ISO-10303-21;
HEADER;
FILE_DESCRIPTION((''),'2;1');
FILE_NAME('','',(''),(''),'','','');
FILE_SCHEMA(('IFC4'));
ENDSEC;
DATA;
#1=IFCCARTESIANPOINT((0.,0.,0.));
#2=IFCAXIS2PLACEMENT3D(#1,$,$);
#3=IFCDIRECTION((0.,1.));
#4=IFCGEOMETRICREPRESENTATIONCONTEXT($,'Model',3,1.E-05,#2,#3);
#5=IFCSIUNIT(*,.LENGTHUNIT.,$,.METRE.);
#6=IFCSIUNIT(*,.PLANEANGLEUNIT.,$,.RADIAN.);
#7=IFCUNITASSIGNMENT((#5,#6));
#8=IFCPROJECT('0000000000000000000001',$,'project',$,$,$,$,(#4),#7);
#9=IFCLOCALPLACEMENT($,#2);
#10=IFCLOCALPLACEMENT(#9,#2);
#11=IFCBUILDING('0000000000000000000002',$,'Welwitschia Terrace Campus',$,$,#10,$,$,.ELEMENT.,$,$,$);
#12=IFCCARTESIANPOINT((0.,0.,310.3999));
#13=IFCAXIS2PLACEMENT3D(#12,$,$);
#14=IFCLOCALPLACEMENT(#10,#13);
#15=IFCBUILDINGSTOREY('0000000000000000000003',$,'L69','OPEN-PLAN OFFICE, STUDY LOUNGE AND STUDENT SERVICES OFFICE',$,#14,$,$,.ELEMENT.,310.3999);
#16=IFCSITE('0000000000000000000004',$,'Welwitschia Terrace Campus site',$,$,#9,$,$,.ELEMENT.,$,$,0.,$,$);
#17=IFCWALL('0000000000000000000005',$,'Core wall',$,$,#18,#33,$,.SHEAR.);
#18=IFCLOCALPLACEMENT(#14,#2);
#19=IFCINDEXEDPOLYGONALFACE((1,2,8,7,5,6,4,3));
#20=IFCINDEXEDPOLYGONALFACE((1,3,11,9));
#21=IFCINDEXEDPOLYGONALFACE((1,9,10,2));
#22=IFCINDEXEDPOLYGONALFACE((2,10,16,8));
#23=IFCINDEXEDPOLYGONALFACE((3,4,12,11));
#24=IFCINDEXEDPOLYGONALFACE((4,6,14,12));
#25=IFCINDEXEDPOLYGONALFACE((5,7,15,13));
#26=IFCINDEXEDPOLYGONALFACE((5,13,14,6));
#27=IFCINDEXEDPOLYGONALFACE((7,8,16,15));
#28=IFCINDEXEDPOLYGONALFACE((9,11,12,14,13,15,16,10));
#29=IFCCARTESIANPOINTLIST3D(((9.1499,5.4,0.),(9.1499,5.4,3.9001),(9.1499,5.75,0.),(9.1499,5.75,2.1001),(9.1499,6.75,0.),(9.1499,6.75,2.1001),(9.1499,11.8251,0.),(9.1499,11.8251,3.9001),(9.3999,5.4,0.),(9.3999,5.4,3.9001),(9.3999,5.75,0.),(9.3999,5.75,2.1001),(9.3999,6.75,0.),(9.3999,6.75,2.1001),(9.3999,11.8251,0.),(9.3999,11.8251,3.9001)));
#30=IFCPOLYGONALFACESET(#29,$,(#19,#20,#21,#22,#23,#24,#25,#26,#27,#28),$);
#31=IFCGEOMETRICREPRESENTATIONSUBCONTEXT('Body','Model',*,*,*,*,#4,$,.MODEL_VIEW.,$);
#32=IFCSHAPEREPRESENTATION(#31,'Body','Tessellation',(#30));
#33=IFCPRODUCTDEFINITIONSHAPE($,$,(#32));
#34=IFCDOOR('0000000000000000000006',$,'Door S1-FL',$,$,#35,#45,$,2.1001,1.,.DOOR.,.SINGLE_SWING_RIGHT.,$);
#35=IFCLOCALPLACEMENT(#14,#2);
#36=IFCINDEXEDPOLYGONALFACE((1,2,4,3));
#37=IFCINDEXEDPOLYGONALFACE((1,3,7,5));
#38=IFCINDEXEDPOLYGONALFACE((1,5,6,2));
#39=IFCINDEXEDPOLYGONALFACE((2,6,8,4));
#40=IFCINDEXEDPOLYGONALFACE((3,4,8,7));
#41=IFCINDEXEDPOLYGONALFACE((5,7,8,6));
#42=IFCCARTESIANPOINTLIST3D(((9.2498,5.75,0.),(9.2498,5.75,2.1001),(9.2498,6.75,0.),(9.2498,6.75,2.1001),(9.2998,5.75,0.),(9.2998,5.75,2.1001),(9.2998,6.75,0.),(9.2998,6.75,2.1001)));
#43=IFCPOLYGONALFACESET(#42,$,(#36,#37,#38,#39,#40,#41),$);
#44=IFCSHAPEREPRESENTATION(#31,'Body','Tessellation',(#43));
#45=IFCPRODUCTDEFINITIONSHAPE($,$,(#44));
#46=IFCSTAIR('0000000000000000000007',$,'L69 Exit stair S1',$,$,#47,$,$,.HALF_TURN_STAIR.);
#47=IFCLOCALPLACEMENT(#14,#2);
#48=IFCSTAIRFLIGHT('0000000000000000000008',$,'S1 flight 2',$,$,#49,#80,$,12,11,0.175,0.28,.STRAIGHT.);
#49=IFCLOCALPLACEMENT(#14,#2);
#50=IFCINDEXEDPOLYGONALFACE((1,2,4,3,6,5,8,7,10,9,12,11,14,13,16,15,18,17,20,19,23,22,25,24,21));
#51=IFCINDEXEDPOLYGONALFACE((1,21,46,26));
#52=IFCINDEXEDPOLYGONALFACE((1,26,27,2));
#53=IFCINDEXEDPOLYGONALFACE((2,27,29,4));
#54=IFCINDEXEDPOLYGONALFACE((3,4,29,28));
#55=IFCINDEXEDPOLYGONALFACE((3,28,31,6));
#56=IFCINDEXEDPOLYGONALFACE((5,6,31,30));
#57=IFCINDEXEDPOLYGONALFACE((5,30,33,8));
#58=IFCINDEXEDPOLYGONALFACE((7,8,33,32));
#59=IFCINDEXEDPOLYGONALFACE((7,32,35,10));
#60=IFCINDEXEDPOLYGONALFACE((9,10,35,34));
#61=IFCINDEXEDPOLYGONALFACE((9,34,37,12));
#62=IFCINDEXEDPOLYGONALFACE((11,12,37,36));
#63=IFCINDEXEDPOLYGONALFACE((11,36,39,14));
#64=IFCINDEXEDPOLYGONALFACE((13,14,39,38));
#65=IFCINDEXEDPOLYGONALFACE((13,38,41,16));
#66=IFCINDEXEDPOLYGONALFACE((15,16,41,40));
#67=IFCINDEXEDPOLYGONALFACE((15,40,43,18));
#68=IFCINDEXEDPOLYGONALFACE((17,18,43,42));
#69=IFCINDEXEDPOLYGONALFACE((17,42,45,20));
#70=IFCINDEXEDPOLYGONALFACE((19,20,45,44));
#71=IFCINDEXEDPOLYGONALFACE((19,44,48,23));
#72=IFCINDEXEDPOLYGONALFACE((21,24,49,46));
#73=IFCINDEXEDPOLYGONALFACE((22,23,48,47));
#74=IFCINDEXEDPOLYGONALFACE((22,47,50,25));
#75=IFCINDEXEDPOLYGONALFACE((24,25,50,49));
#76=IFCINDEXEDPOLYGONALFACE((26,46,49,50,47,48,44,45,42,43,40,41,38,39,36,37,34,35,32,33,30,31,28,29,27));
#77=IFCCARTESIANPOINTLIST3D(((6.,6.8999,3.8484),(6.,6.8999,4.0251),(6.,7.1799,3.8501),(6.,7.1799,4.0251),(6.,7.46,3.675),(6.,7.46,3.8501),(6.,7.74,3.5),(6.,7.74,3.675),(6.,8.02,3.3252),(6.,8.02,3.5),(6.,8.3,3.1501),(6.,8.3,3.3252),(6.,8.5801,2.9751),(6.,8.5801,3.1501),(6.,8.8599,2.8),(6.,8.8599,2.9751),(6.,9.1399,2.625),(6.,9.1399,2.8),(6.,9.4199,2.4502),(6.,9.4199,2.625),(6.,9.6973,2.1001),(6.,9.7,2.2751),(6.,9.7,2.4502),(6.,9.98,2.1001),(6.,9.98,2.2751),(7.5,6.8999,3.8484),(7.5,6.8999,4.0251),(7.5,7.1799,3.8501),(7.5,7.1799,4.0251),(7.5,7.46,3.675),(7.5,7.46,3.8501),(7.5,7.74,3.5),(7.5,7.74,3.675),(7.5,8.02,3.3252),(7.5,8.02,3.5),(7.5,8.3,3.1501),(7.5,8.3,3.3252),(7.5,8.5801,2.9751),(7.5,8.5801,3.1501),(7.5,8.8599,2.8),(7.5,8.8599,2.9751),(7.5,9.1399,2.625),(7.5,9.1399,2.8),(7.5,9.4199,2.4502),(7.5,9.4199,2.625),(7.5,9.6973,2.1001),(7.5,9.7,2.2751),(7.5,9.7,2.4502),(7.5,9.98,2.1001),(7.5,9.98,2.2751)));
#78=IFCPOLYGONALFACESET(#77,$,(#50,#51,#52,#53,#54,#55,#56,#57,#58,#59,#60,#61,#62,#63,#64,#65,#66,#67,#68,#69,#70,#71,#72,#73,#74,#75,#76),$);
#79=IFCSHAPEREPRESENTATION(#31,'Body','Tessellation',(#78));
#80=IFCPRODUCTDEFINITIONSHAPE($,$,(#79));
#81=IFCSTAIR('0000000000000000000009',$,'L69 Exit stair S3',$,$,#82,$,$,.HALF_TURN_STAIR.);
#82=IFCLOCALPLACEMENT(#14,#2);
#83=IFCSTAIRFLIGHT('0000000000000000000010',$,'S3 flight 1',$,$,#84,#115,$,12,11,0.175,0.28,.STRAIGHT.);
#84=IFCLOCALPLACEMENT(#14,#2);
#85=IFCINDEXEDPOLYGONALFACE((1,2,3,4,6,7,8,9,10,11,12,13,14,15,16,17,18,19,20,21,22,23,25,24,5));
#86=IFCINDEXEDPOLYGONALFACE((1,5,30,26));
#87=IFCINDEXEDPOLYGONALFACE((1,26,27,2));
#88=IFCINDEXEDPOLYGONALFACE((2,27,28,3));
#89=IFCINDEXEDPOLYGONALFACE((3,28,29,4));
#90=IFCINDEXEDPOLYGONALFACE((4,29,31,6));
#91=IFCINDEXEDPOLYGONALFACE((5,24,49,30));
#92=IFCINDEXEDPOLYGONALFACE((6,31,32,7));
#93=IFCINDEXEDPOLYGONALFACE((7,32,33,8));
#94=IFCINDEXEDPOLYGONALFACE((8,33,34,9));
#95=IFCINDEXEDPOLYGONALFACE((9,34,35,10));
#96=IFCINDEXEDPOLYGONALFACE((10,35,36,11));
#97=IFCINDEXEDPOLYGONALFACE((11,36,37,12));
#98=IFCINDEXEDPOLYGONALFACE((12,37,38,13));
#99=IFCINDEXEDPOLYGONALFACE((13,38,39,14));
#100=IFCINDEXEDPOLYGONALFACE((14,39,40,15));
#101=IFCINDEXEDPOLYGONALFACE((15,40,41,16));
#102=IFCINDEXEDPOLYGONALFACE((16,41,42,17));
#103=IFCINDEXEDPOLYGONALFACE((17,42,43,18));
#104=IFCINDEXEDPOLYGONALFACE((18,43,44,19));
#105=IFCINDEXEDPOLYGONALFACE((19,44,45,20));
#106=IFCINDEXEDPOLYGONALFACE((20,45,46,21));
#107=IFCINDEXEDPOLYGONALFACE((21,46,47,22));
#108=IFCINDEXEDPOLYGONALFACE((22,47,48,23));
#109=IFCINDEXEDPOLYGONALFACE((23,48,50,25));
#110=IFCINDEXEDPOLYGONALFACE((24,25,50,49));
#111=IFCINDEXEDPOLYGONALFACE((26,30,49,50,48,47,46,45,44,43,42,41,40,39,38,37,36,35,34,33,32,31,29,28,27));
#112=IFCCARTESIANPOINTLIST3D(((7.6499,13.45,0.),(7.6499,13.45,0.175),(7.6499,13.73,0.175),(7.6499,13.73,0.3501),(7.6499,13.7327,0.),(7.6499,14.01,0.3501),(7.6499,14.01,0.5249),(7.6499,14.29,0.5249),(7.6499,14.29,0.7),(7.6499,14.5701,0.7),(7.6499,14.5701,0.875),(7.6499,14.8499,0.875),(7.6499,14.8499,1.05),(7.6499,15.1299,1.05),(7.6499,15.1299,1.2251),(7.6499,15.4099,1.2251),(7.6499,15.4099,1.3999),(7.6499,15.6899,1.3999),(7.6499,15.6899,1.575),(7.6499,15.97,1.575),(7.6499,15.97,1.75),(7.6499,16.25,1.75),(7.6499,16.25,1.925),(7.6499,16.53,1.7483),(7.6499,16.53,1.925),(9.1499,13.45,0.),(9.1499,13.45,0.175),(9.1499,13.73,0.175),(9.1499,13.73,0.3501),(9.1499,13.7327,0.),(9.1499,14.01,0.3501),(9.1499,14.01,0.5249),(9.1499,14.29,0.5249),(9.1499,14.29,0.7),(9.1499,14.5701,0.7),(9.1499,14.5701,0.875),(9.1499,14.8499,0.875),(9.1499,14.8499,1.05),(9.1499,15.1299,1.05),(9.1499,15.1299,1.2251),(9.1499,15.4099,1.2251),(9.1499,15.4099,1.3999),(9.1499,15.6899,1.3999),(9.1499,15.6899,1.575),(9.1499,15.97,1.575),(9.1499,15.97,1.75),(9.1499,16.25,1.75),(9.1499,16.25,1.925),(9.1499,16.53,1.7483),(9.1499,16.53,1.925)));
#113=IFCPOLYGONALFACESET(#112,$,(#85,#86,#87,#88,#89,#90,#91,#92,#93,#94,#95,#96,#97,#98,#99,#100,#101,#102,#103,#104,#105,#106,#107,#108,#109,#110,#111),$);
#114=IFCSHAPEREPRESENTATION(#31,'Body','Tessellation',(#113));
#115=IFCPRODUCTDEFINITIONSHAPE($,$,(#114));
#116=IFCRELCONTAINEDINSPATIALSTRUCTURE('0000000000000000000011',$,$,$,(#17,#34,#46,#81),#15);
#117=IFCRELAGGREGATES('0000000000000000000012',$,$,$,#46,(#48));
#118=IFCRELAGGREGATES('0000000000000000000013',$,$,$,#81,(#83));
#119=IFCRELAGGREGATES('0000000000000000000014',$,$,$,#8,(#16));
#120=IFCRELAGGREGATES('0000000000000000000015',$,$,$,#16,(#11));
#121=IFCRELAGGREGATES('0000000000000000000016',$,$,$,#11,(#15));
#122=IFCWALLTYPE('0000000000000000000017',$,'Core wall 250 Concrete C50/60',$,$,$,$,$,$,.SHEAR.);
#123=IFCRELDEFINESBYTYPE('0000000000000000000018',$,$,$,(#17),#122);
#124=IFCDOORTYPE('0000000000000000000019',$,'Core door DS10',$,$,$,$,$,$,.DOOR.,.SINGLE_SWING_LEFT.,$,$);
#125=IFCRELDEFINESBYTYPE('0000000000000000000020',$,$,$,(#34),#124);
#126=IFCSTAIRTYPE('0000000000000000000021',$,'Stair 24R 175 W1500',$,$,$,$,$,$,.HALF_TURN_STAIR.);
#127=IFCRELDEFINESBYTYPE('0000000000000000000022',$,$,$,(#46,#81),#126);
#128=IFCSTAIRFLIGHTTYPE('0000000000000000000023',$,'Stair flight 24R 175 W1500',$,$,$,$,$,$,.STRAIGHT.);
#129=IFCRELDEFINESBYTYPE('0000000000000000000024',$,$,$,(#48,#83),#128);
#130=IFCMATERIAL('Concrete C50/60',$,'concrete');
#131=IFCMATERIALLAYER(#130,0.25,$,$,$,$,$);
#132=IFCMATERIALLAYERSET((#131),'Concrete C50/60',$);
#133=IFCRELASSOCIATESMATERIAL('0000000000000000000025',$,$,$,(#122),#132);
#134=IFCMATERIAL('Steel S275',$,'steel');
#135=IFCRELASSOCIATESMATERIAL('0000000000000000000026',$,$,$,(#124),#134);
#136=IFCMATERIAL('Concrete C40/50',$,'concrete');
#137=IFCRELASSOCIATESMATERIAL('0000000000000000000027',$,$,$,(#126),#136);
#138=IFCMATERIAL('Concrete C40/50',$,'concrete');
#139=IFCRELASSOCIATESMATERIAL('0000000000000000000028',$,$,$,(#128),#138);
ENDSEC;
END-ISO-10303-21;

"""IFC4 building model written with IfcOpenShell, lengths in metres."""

from ifc_helpers import new_model, si_unit, direction, frame, frame_2d, origin, place, context, subcontext, project, spatial, polyline, rectangle, outline, extrude, material, layer, layer_set, type_object, element, fill, aggregate, save


model = new_model("IFC4")

# Units and contexts
model_context = context("Model", 3, precision=1e-05, world=origin(), true_north=direction((0.0, 1.0)))
body_context = subcontext(model_context, "Body", "Model", "MODEL_VIEW")
ifc_project = project(units=[si_unit("LENGTHUNIT", "METRE"), si_unit("PLANEANGLEUNIT", "RADIAN")], contexts=[model_context])

# Site, building, storey
site_placement = place(None, origin())
site = spatial("IfcSite", under=ifc_project, at=site_placement, Name="Welwitschia Terrace Campus site", CompositionType="ELEMENT", RefElevation=0.0)
building_placement = place(site_placement, origin())
building = spatial("IfcBuilding", under=site, at=building_placement, Name="Welwitschia Terrace Campus", CompositionType="ELEMENT")
storey_placement = place(building_placement, frame((0.0, 0.0, 310.3999)))
storey = spatial("IfcBuildingStorey", under=building, at=storey_placement, Name="L69", Description="OPEN-PLAN OFFICE, STUDY LOUNGE AND STUDENT SERVICES OFFICE", CompositionType="ELEMENT", Elevation=310.3999)

# Shared definitions
ifc_material_1 = material(Name="Concrete C50/60", Category="concrete")
ifc_layer_1 = layer(ifc_material_1, 0.25)
ifc_layer_set_1 = layer_set([ifc_layer_1], Name="Concrete C50/60")
wall_type_1 = type_object("IfcWallType", Name="Core wall 250 Concrete C50/60", PredefinedType="SHEAR", material=ifc_layer_set_1)

# Wall, opening, door
wall_1_placement = place(storey_placement, frame((9.2749, 11.825, 0.0), z_axis=(0.0, 0.0, 1.0), x_axis=(0.0, -1.0, 0.0)))
wall_1 = element("IfcWall", 1, at=wall_1_placement, inside=storey, type_object=wall_type_1, Name="Core wall", PredefinedType="SHEAR", context=body_context, shape_type="SweptSolid", body=[
    extrude(rectangle(XDim=6.425, YDim=0.25, at=frame_2d((3.2124, 0.0))), origin(), (0.0, 0.0, 1.0), 3.9001),
])
opening_1_placement = place(wall_1_placement, frame((5.075, 0.0, 0.0)))
opening_1 = element("IfcOpeningElement", 2, at=opening_1_placement, cuts=wall_1, PredefinedType="OPENING", context=body_context, shape_type="SweptSolid", body=[
    extrude(rectangle(XDim=1.0, YDim=2.1001, at=frame_2d((0.5, 1.05))), frame((0.0, 0.135, 0.0), z_axis=(0.0, -1.0, 0.0), x_axis=(1.0, 0.0, 0.0)), (0.0, 0.0, 1.0), 0.27),
])
ifc_material_2 = material(Name="Steel S275", Category="steel")
door_type_1 = type_object("IfcDoorType", Name="Core door DS10", OperationType="SINGLE_SWING_LEFT", PredefinedType="DOOR", material=ifc_material_2)
door_1_placement = place(opening_1_placement, origin())
door_1 = element("IfcDoor", 3, at=door_1_placement, inside=storey, type_object=door_type_1, Name="Door S1-FL", OperationType="SINGLE_SWING_RIGHT", OverallHeight=2.1001, OverallWidth=1.0, PredefinedType="DOOR", context=body_context, shape_type="SweptSolid", body=[
    extrude(rectangle(XDim=1.0, YDim=2.1001, at=frame_2d((0.5, 1.05))), frame((0.0, 0.0249, 0.0), z_axis=(0.0, -1.0, 0.0), x_axis=(1.0, 0.0, 0.0)), (0.0, 0.0, 1.0), 0.05),
])
fill(opening_1, door_1)

# Stairs, stair flights
ifc_material_3 = material(Name="Concrete C40/50", Category="concrete")
stair_type = type_object("IfcStairType", Name="Stair 24R 175 W1500", PredefinedType="HALF_TURN_STAIR", material=ifc_material_3)
stair_1_placement = place(storey_placement, origin())
stair_1 = element("IfcStair", 4, at=stair_1_placement, inside=storey, type_object=stair_type, Name="L69 Exit stair S1", PredefinedType="HALF_TURN_STAIR")
ifc_material_4 = material(Name="Concrete C40/50", Category="concrete")
stair_flight_type = type_object("IfcStairFlightType", Name="Stair flight 24R 175 W1500", PredefinedType="STRAIGHT", material=ifc_material_4)
stair_flight_1_placement = place(storey_placement, frame((6.75, 9.98, 2.1001), z_axis=(0.0, 0.0, 1.0), x_axis=(0.0, -1.0, 0.0)))
stair_flight_1 = element("IfcStairFlight", 5, at=stair_flight_1_placement, type_object=stair_flight_type, Name="S1 flight 2", NumberOfRisers=12, NumberOfTreads=11, PredefinedType="STRAIGHT", RiserHeight=0.175, TreadLength=0.28, context=body_context, shape_type="SweptSolid", body=[
    extrude(outline(polyline([(0.0, 0.0), (0.0, 0.175), (0.28, 0.175), (0.28, 0.3501), (0.5601, 0.3501), (0.5601, 0.5249), (0.8401, 0.5249), (0.8401, 0.7), (1.1201, 0.7), (1.1201, 0.875), (1.3999, 0.875), (1.3999, 1.05), (1.6799, 1.05), (1.6799, 1.2251), (1.96, 1.2251), (1.96, 1.3999), (2.24, 1.3999), (2.24, 1.575), (2.52, 1.575), (2.52, 1.75), (2.8, 1.75), (2.8, 1.925), (3.0801, 1.925), (3.0801, 2.1001), (3.0801, 1.7483), (0.2827, 0.0), (0.0, 0.0)])), frame((0.0, 0.75, 0.0), z_axis=(0.0, -1.0, 0.0), x_axis=(1.0, 0.0, 0.0)), (0.0, 0.0, 1.0), 1.5),
])
aggregate(stair_1, [stair_flight_1])
stair_2_placement = place(storey_placement, origin())
stair_2 = element("IfcStair", 6, at=stair_2_placement, inside=storey, type_object=stair_type, Name="L69 Exit stair S3", PredefinedType="HALF_TURN_STAIR")
stair_flight_2_placement = place(storey_placement, frame((8.3999, 13.45, 0.0), z_axis=(0.0, 0.0, 1.0), x_axis=(0.0, 1.0, 0.0)))
stair_flight_2 = element("IfcStairFlight", 7, at=stair_flight_2_placement, type_object=stair_flight_type, Name="S3 flight 1", NumberOfRisers=12, NumberOfTreads=11, PredefinedType="STRAIGHT", RiserHeight=0.175, TreadLength=0.28, context=body_context, shape_type="SweptSolid", body=[
    extrude(outline(polyline([(0.0, 0.0), (0.0, 0.175), (0.28, 0.175), (0.28, 0.3501), (0.5601, 0.3501), (0.5601, 0.5249), (0.8401, 0.5249), (0.8401, 0.7), (1.1201, 0.7), (1.1201, 0.875), (1.3999, 0.875), (1.3999, 1.05), (1.6799, 1.05), (1.6799, 1.2251), (1.96, 1.2251), (1.96, 1.3999), (2.24, 1.3999), (2.24, 1.575), (2.52, 1.575), (2.52, 1.75), (2.8, 1.75), (2.8, 1.925), (3.0801, 1.925), (3.0801, 2.1001), (3.0801, 1.7483), (0.2827, 0.0), (0.0, 0.0)])), frame((0.0, 0.75, 0.0), z_axis=(0.0, -1.0, 0.0), x_axis=(1.0, 0.0, 0.0)), (0.0, 0.0, 1.0), 1.5),
])
aggregate(stair_2, [stair_flight_2])

save(model, "model.ifc")
